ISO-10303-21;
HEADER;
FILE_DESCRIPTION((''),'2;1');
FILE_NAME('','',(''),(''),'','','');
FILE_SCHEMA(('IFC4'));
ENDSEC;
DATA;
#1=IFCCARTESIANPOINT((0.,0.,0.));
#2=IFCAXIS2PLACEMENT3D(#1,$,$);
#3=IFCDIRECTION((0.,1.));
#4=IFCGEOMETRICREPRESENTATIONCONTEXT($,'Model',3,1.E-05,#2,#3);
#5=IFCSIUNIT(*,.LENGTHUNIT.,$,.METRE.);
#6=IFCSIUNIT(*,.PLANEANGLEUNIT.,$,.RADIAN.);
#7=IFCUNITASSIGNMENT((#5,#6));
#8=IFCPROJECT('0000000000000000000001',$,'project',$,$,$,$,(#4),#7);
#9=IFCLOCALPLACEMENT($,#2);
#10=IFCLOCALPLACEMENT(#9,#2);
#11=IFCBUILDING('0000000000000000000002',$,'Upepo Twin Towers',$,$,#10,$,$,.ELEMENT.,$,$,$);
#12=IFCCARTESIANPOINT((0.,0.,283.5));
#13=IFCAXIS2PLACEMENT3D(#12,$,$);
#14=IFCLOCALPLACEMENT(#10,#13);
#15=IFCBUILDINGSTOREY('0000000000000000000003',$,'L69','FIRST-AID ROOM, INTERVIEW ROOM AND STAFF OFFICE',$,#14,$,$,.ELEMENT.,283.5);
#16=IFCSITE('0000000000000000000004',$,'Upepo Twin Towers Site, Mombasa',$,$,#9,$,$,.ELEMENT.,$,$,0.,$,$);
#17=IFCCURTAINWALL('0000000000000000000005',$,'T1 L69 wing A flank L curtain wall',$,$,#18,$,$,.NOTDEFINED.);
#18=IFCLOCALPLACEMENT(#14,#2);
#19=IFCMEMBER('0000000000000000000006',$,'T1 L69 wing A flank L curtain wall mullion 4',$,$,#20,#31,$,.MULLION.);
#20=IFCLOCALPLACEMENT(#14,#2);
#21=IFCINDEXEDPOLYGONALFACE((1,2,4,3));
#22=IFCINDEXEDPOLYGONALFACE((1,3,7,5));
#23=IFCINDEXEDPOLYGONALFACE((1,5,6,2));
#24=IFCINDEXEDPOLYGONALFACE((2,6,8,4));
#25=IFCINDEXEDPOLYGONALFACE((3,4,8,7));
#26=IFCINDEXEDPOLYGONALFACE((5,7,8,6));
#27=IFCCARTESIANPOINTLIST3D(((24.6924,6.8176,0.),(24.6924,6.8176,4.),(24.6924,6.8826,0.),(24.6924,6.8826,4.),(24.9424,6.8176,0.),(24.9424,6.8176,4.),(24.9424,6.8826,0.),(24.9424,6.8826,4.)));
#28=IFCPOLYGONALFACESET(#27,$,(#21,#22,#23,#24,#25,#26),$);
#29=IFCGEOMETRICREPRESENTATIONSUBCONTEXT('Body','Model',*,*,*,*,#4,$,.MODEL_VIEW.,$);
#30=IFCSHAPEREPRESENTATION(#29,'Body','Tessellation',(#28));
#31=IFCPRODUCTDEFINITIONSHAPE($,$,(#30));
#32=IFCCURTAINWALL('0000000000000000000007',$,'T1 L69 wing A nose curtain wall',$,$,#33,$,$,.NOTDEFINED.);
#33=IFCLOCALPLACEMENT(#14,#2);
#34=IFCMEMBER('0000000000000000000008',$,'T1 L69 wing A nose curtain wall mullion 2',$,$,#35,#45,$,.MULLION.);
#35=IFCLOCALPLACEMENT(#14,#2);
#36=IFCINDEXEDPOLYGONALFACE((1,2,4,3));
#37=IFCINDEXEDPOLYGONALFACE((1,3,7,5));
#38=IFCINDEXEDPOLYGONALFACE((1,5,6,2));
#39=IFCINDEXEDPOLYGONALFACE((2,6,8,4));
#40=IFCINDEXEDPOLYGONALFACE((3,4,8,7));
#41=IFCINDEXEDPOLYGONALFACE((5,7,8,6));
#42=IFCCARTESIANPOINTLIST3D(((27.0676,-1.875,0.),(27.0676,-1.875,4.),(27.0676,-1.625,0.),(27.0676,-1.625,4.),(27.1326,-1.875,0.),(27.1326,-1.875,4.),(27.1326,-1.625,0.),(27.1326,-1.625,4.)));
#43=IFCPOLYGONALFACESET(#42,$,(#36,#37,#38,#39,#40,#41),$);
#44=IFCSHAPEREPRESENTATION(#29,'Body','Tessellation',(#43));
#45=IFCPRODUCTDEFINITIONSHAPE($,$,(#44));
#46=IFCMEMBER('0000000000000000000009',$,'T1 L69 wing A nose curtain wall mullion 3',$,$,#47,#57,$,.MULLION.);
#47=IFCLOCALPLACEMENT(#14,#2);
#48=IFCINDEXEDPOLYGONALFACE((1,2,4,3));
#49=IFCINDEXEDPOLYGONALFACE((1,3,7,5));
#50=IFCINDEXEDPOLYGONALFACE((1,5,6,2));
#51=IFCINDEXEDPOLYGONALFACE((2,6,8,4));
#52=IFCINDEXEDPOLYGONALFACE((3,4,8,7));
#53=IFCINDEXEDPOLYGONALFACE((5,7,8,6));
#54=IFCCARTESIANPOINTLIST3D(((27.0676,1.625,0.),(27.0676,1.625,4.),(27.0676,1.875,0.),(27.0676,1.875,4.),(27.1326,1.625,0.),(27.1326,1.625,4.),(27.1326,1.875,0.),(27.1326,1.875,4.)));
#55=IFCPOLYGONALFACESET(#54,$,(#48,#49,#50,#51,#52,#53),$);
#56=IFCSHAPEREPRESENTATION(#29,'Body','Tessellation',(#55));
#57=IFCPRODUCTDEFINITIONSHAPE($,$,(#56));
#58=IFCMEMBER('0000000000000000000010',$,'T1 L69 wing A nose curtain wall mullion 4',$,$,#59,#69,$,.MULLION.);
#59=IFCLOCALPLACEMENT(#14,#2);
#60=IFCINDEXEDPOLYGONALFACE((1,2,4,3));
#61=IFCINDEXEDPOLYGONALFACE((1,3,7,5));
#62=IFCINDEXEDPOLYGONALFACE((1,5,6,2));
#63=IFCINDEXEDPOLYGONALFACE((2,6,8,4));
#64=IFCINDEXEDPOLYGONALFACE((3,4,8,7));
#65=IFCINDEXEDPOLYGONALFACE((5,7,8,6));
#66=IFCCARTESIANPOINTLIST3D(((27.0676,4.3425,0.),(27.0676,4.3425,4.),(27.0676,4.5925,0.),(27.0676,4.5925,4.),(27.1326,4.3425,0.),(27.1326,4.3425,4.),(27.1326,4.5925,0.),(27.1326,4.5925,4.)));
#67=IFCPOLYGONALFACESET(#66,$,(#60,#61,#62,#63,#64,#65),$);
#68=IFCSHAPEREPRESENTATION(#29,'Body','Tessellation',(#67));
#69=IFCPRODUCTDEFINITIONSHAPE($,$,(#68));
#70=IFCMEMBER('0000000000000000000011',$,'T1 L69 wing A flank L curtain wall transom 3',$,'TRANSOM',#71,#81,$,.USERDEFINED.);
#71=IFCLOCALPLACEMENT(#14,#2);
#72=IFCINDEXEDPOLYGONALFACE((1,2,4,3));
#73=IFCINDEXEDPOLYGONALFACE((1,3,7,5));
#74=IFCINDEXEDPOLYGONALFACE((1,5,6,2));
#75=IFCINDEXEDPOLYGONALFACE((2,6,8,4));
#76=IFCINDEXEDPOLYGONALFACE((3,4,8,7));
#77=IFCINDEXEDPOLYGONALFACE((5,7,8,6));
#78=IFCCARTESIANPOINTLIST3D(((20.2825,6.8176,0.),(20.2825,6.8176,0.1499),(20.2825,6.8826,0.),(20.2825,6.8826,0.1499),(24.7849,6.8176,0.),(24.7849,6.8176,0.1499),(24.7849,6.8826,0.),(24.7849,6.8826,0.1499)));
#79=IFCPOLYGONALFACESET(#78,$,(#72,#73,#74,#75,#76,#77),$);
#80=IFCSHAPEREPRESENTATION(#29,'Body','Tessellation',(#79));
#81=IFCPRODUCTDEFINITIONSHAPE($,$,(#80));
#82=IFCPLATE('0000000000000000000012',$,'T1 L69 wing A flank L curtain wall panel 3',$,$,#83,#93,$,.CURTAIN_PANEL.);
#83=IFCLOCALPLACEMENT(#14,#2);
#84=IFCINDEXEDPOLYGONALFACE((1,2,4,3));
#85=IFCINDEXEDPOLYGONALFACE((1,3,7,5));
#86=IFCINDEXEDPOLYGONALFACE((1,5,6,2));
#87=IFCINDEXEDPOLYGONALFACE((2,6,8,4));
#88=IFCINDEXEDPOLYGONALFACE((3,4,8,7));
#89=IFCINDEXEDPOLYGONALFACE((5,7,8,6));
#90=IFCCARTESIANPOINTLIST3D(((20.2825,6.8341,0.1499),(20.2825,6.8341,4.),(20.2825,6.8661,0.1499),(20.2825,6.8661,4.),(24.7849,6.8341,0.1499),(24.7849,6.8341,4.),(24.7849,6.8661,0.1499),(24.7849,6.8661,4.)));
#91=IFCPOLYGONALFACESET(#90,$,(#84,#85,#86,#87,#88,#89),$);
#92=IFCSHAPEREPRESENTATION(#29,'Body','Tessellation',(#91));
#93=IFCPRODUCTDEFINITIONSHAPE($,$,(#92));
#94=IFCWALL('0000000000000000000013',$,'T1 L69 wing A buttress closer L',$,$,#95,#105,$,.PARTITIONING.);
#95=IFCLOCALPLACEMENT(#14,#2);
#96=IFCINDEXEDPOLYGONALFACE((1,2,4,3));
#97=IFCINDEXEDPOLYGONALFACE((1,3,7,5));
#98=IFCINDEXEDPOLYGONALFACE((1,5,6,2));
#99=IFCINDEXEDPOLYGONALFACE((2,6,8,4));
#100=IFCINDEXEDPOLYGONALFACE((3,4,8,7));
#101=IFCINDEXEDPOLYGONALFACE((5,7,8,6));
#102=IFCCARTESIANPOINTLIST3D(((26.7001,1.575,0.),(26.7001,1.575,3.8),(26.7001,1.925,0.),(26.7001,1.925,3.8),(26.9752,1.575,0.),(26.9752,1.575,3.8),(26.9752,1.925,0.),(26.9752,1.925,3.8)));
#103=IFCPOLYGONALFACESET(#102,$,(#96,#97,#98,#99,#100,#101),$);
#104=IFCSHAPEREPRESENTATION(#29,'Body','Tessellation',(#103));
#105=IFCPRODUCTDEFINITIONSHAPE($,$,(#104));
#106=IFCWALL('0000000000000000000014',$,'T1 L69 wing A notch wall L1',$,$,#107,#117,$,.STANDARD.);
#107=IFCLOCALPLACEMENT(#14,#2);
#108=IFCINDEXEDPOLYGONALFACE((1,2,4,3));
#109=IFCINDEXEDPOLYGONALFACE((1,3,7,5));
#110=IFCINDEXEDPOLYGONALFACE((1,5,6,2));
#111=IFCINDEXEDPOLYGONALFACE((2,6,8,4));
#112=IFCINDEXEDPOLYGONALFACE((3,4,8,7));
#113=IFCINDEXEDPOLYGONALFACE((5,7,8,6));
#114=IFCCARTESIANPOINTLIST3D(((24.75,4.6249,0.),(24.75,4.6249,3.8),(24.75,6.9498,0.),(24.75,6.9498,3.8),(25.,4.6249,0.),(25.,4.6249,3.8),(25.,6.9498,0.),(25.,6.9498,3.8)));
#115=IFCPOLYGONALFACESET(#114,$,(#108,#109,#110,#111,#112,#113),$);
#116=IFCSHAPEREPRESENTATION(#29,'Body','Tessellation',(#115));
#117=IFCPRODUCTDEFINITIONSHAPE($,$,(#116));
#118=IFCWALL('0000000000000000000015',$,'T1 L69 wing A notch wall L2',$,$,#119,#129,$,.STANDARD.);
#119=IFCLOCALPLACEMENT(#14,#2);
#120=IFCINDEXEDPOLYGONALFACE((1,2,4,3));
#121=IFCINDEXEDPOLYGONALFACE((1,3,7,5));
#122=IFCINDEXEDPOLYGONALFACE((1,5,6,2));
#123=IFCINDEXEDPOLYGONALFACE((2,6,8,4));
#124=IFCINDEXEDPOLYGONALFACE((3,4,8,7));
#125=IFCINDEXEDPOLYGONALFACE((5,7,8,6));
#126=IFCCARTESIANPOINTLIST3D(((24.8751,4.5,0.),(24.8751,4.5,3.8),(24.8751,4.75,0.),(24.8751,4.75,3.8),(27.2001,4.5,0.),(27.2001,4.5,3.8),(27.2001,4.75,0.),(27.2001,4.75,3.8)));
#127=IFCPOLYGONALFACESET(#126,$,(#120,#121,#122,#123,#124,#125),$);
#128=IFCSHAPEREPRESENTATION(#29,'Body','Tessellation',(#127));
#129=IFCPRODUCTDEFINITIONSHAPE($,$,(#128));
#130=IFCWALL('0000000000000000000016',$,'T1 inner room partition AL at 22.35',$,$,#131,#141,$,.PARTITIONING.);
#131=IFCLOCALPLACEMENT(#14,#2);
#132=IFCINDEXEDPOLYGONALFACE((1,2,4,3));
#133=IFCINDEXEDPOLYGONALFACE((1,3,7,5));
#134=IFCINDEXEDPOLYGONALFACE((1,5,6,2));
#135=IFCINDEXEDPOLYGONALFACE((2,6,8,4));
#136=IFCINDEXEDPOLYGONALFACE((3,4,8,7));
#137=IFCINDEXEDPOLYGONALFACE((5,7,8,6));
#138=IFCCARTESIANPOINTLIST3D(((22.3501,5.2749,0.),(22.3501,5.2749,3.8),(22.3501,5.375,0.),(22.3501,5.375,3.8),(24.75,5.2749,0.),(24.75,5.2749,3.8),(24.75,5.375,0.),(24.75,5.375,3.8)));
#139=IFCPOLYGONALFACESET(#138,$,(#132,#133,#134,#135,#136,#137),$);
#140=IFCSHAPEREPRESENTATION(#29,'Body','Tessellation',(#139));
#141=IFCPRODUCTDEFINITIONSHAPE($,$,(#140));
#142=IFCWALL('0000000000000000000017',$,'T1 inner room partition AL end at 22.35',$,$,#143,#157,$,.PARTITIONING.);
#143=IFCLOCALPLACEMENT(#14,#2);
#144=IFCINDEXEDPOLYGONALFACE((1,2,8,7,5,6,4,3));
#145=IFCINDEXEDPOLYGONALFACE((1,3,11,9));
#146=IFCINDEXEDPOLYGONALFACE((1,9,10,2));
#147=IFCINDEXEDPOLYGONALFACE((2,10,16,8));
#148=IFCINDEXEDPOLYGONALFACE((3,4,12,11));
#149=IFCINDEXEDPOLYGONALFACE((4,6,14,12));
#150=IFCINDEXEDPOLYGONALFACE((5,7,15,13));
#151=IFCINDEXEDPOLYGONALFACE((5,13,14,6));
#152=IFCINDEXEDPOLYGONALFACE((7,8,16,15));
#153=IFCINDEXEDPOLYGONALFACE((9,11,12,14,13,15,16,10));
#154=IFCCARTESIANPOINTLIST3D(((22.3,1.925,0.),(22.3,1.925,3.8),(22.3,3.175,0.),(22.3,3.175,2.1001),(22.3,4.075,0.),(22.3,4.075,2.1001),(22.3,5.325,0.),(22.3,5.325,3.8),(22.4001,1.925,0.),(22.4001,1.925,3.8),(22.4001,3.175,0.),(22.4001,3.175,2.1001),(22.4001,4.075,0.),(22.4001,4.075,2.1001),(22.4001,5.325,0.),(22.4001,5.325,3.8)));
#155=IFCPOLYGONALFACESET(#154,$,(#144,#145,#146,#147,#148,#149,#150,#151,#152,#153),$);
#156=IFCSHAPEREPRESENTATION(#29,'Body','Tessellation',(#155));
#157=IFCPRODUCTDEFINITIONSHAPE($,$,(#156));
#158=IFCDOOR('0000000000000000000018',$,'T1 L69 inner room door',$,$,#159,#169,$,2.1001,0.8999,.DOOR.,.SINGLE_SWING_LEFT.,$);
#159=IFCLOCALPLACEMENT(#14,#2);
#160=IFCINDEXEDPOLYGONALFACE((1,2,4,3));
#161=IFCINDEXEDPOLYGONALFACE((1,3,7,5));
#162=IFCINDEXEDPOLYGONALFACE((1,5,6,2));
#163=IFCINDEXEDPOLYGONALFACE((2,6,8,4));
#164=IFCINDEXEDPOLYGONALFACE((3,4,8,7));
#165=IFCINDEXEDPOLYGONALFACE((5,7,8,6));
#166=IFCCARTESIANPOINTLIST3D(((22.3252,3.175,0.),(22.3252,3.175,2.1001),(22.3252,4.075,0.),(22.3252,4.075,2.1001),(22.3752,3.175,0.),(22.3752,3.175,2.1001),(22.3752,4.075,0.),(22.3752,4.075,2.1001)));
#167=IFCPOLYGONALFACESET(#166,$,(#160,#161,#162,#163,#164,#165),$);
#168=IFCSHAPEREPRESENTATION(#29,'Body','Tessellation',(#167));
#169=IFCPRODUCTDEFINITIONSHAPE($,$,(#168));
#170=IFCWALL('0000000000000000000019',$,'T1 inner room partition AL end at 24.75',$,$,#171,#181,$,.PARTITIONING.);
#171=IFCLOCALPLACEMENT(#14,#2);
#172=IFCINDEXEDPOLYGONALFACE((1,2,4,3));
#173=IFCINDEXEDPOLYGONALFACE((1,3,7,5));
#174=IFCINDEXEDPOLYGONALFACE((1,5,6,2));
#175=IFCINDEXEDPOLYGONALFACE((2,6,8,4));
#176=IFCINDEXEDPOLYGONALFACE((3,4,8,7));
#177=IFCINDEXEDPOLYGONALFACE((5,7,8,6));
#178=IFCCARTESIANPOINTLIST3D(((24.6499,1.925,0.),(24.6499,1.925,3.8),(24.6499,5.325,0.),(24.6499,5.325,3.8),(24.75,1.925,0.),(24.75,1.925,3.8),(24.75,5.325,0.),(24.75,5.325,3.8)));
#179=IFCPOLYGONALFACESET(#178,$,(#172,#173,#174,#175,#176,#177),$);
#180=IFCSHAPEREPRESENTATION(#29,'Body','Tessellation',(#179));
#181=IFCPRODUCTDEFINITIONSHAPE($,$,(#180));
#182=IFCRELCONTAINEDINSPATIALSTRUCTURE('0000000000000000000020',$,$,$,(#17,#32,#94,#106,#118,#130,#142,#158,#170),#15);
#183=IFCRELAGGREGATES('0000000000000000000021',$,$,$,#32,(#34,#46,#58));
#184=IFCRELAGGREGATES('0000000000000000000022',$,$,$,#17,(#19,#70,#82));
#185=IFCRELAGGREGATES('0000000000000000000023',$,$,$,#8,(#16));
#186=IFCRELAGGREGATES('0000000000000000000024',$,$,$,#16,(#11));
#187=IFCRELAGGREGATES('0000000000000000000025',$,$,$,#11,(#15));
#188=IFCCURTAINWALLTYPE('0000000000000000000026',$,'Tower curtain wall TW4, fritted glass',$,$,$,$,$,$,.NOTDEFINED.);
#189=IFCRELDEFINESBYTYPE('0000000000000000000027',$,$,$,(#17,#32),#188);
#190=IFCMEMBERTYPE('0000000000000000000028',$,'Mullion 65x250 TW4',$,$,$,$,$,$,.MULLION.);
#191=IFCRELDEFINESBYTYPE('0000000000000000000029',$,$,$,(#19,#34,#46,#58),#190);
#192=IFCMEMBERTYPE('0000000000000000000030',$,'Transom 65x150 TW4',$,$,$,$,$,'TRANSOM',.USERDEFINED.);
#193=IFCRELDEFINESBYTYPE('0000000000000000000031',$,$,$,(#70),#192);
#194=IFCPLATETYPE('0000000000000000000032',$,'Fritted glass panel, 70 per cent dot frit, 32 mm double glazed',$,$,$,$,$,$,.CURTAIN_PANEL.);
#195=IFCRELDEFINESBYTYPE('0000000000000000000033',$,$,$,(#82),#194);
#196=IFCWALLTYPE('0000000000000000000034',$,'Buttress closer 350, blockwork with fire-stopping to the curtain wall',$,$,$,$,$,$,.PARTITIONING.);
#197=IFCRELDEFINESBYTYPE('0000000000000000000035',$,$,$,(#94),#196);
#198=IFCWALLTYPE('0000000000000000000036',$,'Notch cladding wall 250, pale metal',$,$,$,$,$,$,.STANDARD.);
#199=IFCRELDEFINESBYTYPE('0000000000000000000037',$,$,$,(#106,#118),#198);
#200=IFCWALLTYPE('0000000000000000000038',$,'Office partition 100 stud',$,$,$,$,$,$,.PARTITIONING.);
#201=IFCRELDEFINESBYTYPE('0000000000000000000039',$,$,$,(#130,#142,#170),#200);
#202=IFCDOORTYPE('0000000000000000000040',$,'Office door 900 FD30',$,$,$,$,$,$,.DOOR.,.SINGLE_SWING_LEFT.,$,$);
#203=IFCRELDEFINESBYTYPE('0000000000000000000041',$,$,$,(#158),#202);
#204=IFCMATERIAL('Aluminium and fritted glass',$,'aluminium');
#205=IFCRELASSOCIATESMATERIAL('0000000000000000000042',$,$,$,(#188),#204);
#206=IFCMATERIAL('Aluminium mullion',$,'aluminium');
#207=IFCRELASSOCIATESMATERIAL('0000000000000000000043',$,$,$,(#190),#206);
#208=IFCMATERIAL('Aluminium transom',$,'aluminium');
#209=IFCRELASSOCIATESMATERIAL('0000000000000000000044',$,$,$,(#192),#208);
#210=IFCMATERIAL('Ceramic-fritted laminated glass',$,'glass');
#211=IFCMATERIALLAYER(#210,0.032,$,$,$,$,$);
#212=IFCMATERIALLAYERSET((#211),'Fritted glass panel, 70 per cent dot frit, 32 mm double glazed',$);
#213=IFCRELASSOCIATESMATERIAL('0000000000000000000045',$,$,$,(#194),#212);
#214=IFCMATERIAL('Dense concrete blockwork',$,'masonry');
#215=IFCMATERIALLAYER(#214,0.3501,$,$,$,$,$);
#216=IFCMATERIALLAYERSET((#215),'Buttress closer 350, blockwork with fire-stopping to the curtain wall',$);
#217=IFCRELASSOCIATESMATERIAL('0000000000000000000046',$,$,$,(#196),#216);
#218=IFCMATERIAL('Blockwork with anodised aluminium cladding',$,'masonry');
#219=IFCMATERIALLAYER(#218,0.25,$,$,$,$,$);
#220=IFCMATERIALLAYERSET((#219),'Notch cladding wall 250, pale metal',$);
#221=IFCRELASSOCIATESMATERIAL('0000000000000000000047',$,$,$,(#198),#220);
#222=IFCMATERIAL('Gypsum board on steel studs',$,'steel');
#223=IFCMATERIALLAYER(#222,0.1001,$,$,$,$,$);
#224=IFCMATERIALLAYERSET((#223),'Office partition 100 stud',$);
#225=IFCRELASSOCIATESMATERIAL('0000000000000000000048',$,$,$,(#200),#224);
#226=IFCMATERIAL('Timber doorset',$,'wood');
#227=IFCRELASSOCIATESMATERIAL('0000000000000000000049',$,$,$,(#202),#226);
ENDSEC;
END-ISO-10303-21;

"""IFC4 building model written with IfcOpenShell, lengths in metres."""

from ifc_helpers import new_model, si_unit, direction, frame, frame_2d, origin, origin_2d, place, context, subcontext, project, spatial, rectangle, extrude, material, layer, layer_set, material_profile, profile_set, type_object, element, fill, aggregate, save


model = new_model("IFC4")

# Units and contexts
model_context = context("Model", 3, precision=1e-05, world=origin(), true_north=direction((0.0, 1.0)))
body_context = subcontext(model_context, "Body", "Model", "MODEL_VIEW")
ifc_project = project(units=[si_unit("LENGTHUNIT", "METRE"), si_unit("PLANEANGLEUNIT", "RADIAN")], contexts=[model_context])

# Site, building, storey
site_placement = place(None, origin())
site = spatial("IfcSite", under=ifc_project, at=site_placement, Name="Upepo Twin Towers Site, Mombasa", CompositionType="ELEMENT", RefElevation=0.0)
building_placement = place(site_placement, origin())
building = spatial("IfcBuilding", under=site, at=building_placement, Name="Upepo Twin Towers", CompositionType="ELEMENT")
storey_placement = place(building_placement, frame((0.0, 0.0, 283.5)))
storey = spatial("IfcBuildingStorey", under=building, at=storey_placement, Name="L69", Description="FIRST-AID ROOM, INTERVIEW ROOM AND STAFF OFFICE", CompositionType="ELEMENT", Elevation=283.5)

# Curtain walls, members
ifc_material_1 = material(Name="Aluminium and fritted glass", Category="aluminium")
curtain_wall_type = type_object("IfcCurtainWallType", Name="Tower curtain wall TW4, fritted glass", PredefinedType="NOTDEFINED", material=ifc_material_1)
curtain_wall_1_placement = place(storey_placement, origin())
curtain_wall_1 = element("IfcCurtainWall", 1, at=curtain_wall_1_placement, inside=storey, type_object=curtain_wall_type, Name="T1 L69 wing A flank L curtain wall", PredefinedType="NOTDEFINED")
ifc_material_2 = material(Name="Aluminium mullion", Category="aluminium")
ifc_material_profile_1 = material_profile(ifc_material_2, rectangle(XDim=0.0649, YDim=0.25, at=origin_2d()), Name="MULLION 65x250")
ifc_profile_set_1 = profile_set([ifc_material_profile_1], Name="Aluminium mullion")
member_type_1 = type_object("IfcMemberType", Name="Mullion 65x250 TW4", PredefinedType="MULLION", material=ifc_profile_set_1)
member_1_placement = place(storey_placement, frame((24.8174, 6.8501, 0.0), z_axis=(0.0, 0.0, 1.0), x_axis=(0.0, 1.0, 0.0)))
member_1 = element("IfcMember", 2, at=member_1_placement, type_object=member_type_1, Name="T1 L69 wing A flank L curtain wall mullion 4", PredefinedType="MULLION", context=body_context, shape_type="SweptSolid", body=[
    extrude(rectangle(XDim=0.0649, YDim=0.25, at=origin_2d()), origin(), (0.0, 0.0, 1.0), 4.0),
])
curtain_wall_2_placement = place(storey_placement, origin())
curtain_wall_2 = element("IfcCurtainWall", 3, at=curtain_wall_2_placement, inside=storey, type_object=curtain_wall_type, Name="T1 L69 wing A nose curtain wall", PredefinedType="NOTDEFINED")
member_2_placement = place(storey_placement, frame((27.1001, -1.75, 0.0), z_axis=(0.0, 0.0, 1.0), x_axis=(-1.0, 0.0, 0.0)))
member_2 = element("IfcMember", 4, at=member_2_placement, type_object=member_type_1, Name="T1 L69 wing A nose curtain wall mullion 2", PredefinedType="MULLION", context=body_context, shape_type="SweptSolid", body=[
    extrude(rectangle(XDim=0.0649, YDim=0.25, at=origin_2d()), origin(), (0.0, 0.0, 1.0), 4.0),
])
member_3_placement = place(storey_placement, frame((27.1001, 1.75, 0.0), z_axis=(0.0, 0.0, 1.0), x_axis=(-1.0, 0.0, 0.0)))
member_3 = element("IfcMember", 5, at=member_3_placement, type_object=member_type_1, Name="T1 L69 wing A nose curtain wall mullion 3", PredefinedType="MULLION", context=body_context, shape_type="SweptSolid", body=[
    extrude(rectangle(XDim=0.0649, YDim=0.25, at=origin_2d()), origin(), (0.0, 0.0, 1.0), 4.0),
])
member_4_placement = place(storey_placement, frame((27.1001, 4.4675, 0.0), z_axis=(0.0, 0.0, 1.0), x_axis=(-1.0, 0.0, 0.0)))
member_4 = element("IfcMember", 6, at=member_4_placement, type_object=member_type_1, Name="T1 L69 wing A nose curtain wall mullion 4", PredefinedType="MULLION", context=body_context, shape_type="SweptSolid", body=[
    extrude(rectangle(XDim=0.0649, YDim=0.25, at=origin_2d()), origin(), (0.0, 0.0, 1.0), 4.0),
])
aggregate(curtain_wall_2, [member_2, member_3, member_4])

# Member
ifc_material_3 = material(Name="Aluminium transom", Category="aluminium")
ifc_material_profile_2 = material_profile(ifc_material_3, rectangle(XDim=0.0649, YDim=0.1499, at=origin_2d()), Name="TRANSOM 65x150")
ifc_profile_set_2 = profile_set([ifc_material_profile_2], Name="Aluminium transom")
member_type_2 = type_object("IfcMemberType", Name="Transom 65x150 TW4", ElementType="TRANSOM", PredefinedType="USERDEFINED", material=ifc_profile_set_2)
member_5_placement = place(storey_placement, frame((20.2825, 6.8501, 0.075), z_axis=(1.0, 0.0, 0.0), x_axis=(0.0, 1.0, 0.0)))
member_5 = element("IfcMember", 7, at=member_5_placement, type_object=member_type_2, Name="T1 L69 wing A flank L curtain wall transom 3", ObjectType="TRANSOM", PredefinedType="USERDEFINED", context=body_context, shape_type="SweptSolid", body=[
    extrude(rectangle(XDim=0.0649, YDim=0.1499, at=origin_2d()), origin(), (0.0, 0.0, 1.0), 4.5024),
])

# Plate
ifc_material_4 = material(Name="Ceramic-fritted laminated glass", Category="glass")
ifc_layer_1 = layer(ifc_material_4, 0.032)
ifc_layer_set_1 = layer_set([ifc_layer_1], Name="Fritted glass panel, 70 per cent dot frit, 32 mm double glazed")
plate_type = type_object("IfcPlateType", Name="Fritted glass panel, 70 per cent dot frit, 32 mm double glazed", PredefinedType="CURTAIN_PANEL", material=ifc_layer_set_1)
plate_placement = place(storey_placement, frame((22.5337, 6.8501, 0.1499), z_axis=(0.0, 0.0, 1.0), x_axis=(1.0, 0.0, 0.0)))
plate = element("IfcPlate", 8, at=plate_placement, type_object=plate_type, Name="T1 L69 wing A flank L curtain wall panel 3", PredefinedType="CURTAIN_PANEL", context=body_context, shape_type="SweptSolid", body=[
    extrude(rectangle(XDim=4.5024, YDim=0.032, at=origin_2d()), origin(), (0.0, 0.0, 1.0), 3.8501),
])
aggregate(curtain_wall_1, [member_1, member_5, plate])

# Walls
ifc_material_5 = material(Name="Dense concrete blockwork", Category="masonry")
ifc_layer_2 = layer(ifc_material_5, 0.3501)
ifc_layer_set_2 = layer_set([ifc_layer_2], Name="Buttress closer 350, blockwork with fire-stopping to the curtain wall")
wall_type_1 = type_object("IfcWallType", Name="Buttress closer 350, blockwork with fire-stopping to the curtain wall", PredefinedType="PARTITIONING", material=ifc_layer_set_2)
wall_1_placement = place(storey_placement, frame((26.7, 1.75, 0.0), z_axis=(0.0, 0.0, 1.0), x_axis=(1.0, 0.0, 0.0)))
element("IfcWall", 9, at=wall_1_placement, inside=storey, type_object=wall_type_1, Name="T1 L69 wing A buttress closer L", PredefinedType="PARTITIONING", context=body_context, shape_type="SweptSolid", body=[
    extrude(rectangle(XDim=0.2751, YDim=0.3501, at=frame_2d((0.1377, 0.0))), origin(), (0.0, 0.0, 1.0), 3.8),
])
ifc_material_6 = material(Name="Blockwork with anodised aluminium cladding", Category="masonry")
ifc_layer_3 = layer(ifc_material_6, 0.25)
ifc_layer_set_3 = layer_set([ifc_layer_3], Name="Notch cladding wall 250, pale metal")
wall_type_2 = type_object("IfcWallType", Name="Notch cladding wall 250, pale metal", PredefinedType="STANDARD", material=ifc_layer_set_3)
for number, where, z_axis, x_axis, name in (
    (10, (24.875, 6.95, 0.0), (0.0, 0.0, 1.0), (0.0, -1.0, 0.0), "T1 L69 wing A notch wall L1"),
    (11, (24.875, 4.625, 0.0), (0.0, 0.0, 1.0), (1.0, 0.0, 0.0), "T1 L69 wing A notch wall L2"),
):
    element("IfcWall", number, at=place(storey_placement, frame(where, z_axis=z_axis, x_axis=x_axis)), inside=storey, type_object=wall_type_2, Name=name, PredefinedType="STANDARD", context=body_context, shape_type="SweptSolid", body=[
        extrude(rectangle(XDim=2.325, YDim=0.25, at=frame_2d((1.1626, 0.0))), origin(), (0.0, 0.0, 1.0), 3.8),
    ])
ifc_material_7 = material(Name="Gypsum board on steel studs", Category="steel")
ifc_layer_4 = layer(ifc_material_7, 0.1001)
ifc_layer_set_4 = layer_set([ifc_layer_4], Name="Office partition 100 stud")
wall_type_3 = type_object("IfcWallType", Name="Office partition 100 stud", PredefinedType="PARTITIONING", material=ifc_layer_set_4)
wall_2_placement = place(storey_placement, frame((22.3501, 5.325, 0.0), z_axis=(0.0, 0.0, 1.0), x_axis=(1.0, 0.0, 0.0)))
element("IfcWall", 12, at=wall_2_placement, inside=storey, type_object=wall_type_3, Name="T1 inner room partition AL at 22.35", PredefinedType="PARTITIONING", context=body_context, shape_type="SweptSolid", body=[
    extrude(rectangle(XDim=2.3999, YDim=0.1001, at=frame_2d((1.2, 0.0))), origin(), (0.0, 0.0, 1.0), 3.8),
])

# Wall, opening, door
wall_3_placement = place(storey_placement, frame((22.3501, 1.925, 0.0), z_axis=(0.0, 0.0, 1.0), x_axis=(0.0, 1.0, 0.0)))
wall_3 = element("IfcWall", 13, at=wall_3_placement, inside=storey, type_object=wall_type_3, Name="T1 inner room partition AL end at 22.35", PredefinedType="PARTITIONING", context=body_context, shape_type="SweptSolid", body=[
    extrude(rectangle(XDim=3.3999, YDim=0.1001, at=frame_2d((1.7, 0.0))), origin(), (0.0, 0.0, 1.0), 3.8),
])
opening_placement = place(wall_3_placement, frame((1.25, 0.0, 0.0)))
opening = element("IfcOpeningElement", 14, at=opening_placement, cuts=wall_3, PredefinedType="OPENING", context=body_context, shape_type="SweptSolid", body=[
    extrude(rectangle(XDim=0.8999, YDim=2.1001, at=frame_2d((0.45, 1.05))), frame((0.0, 0.0601, 0.0), z_axis=(0.0, -1.0, 0.0), x_axis=(1.0, 0.0, 0.0)), (0.0, 0.0, 1.0), 0.1201),
])
ifc_material_8 = material(Name="Timber doorset", Category="wood")
door_type = type_object("IfcDoorType", Name="Office door 900 FD30", OperationType="SINGLE_SWING_LEFT", PredefinedType="DOOR", material=ifc_material_8)
door_placement = place(opening_placement, origin())
door = element("IfcDoor", 15, at=door_placement, inside=storey, type_object=door_type, Name="T1 L69 inner room door", OperationType="SINGLE_SWING_LEFT", OverallHeight=2.1001, OverallWidth=0.8999, PredefinedType="DOOR", context=body_context, shape_type="SweptSolid", body=[
    extrude(rectangle(XDim=0.8999, YDim=2.1001, at=frame_2d((0.45, 1.05))), frame((0.0, 0.0249, 0.0), z_axis=(0.0, -1.0, 0.0), x_axis=(1.0, 0.0, 0.0)), (0.0, 0.0, 1.0), 0.05),
])
fill(opening, door)

# Wall
wall_4_placement = place(storey_placement, frame((24.7, 1.925, 0.0), z_axis=(0.0, 0.0, 1.0), x_axis=(0.0, 1.0, 0.0)))
element("IfcWall", 16, at=wall_4_placement, inside=storey, type_object=wall_type_3, Name="T1 inner room partition AL end at 24.75", PredefinedType="PARTITIONING", context=body_context, shape_type="SweptSolid", body=[
    extrude(rectangle(XDim=3.3999, YDim=0.1001, at=frame_2d((1.7, 0.0))), origin(), (0.0, 0.0, 1.0), 3.8),
])

save(model, "model.ifc")
